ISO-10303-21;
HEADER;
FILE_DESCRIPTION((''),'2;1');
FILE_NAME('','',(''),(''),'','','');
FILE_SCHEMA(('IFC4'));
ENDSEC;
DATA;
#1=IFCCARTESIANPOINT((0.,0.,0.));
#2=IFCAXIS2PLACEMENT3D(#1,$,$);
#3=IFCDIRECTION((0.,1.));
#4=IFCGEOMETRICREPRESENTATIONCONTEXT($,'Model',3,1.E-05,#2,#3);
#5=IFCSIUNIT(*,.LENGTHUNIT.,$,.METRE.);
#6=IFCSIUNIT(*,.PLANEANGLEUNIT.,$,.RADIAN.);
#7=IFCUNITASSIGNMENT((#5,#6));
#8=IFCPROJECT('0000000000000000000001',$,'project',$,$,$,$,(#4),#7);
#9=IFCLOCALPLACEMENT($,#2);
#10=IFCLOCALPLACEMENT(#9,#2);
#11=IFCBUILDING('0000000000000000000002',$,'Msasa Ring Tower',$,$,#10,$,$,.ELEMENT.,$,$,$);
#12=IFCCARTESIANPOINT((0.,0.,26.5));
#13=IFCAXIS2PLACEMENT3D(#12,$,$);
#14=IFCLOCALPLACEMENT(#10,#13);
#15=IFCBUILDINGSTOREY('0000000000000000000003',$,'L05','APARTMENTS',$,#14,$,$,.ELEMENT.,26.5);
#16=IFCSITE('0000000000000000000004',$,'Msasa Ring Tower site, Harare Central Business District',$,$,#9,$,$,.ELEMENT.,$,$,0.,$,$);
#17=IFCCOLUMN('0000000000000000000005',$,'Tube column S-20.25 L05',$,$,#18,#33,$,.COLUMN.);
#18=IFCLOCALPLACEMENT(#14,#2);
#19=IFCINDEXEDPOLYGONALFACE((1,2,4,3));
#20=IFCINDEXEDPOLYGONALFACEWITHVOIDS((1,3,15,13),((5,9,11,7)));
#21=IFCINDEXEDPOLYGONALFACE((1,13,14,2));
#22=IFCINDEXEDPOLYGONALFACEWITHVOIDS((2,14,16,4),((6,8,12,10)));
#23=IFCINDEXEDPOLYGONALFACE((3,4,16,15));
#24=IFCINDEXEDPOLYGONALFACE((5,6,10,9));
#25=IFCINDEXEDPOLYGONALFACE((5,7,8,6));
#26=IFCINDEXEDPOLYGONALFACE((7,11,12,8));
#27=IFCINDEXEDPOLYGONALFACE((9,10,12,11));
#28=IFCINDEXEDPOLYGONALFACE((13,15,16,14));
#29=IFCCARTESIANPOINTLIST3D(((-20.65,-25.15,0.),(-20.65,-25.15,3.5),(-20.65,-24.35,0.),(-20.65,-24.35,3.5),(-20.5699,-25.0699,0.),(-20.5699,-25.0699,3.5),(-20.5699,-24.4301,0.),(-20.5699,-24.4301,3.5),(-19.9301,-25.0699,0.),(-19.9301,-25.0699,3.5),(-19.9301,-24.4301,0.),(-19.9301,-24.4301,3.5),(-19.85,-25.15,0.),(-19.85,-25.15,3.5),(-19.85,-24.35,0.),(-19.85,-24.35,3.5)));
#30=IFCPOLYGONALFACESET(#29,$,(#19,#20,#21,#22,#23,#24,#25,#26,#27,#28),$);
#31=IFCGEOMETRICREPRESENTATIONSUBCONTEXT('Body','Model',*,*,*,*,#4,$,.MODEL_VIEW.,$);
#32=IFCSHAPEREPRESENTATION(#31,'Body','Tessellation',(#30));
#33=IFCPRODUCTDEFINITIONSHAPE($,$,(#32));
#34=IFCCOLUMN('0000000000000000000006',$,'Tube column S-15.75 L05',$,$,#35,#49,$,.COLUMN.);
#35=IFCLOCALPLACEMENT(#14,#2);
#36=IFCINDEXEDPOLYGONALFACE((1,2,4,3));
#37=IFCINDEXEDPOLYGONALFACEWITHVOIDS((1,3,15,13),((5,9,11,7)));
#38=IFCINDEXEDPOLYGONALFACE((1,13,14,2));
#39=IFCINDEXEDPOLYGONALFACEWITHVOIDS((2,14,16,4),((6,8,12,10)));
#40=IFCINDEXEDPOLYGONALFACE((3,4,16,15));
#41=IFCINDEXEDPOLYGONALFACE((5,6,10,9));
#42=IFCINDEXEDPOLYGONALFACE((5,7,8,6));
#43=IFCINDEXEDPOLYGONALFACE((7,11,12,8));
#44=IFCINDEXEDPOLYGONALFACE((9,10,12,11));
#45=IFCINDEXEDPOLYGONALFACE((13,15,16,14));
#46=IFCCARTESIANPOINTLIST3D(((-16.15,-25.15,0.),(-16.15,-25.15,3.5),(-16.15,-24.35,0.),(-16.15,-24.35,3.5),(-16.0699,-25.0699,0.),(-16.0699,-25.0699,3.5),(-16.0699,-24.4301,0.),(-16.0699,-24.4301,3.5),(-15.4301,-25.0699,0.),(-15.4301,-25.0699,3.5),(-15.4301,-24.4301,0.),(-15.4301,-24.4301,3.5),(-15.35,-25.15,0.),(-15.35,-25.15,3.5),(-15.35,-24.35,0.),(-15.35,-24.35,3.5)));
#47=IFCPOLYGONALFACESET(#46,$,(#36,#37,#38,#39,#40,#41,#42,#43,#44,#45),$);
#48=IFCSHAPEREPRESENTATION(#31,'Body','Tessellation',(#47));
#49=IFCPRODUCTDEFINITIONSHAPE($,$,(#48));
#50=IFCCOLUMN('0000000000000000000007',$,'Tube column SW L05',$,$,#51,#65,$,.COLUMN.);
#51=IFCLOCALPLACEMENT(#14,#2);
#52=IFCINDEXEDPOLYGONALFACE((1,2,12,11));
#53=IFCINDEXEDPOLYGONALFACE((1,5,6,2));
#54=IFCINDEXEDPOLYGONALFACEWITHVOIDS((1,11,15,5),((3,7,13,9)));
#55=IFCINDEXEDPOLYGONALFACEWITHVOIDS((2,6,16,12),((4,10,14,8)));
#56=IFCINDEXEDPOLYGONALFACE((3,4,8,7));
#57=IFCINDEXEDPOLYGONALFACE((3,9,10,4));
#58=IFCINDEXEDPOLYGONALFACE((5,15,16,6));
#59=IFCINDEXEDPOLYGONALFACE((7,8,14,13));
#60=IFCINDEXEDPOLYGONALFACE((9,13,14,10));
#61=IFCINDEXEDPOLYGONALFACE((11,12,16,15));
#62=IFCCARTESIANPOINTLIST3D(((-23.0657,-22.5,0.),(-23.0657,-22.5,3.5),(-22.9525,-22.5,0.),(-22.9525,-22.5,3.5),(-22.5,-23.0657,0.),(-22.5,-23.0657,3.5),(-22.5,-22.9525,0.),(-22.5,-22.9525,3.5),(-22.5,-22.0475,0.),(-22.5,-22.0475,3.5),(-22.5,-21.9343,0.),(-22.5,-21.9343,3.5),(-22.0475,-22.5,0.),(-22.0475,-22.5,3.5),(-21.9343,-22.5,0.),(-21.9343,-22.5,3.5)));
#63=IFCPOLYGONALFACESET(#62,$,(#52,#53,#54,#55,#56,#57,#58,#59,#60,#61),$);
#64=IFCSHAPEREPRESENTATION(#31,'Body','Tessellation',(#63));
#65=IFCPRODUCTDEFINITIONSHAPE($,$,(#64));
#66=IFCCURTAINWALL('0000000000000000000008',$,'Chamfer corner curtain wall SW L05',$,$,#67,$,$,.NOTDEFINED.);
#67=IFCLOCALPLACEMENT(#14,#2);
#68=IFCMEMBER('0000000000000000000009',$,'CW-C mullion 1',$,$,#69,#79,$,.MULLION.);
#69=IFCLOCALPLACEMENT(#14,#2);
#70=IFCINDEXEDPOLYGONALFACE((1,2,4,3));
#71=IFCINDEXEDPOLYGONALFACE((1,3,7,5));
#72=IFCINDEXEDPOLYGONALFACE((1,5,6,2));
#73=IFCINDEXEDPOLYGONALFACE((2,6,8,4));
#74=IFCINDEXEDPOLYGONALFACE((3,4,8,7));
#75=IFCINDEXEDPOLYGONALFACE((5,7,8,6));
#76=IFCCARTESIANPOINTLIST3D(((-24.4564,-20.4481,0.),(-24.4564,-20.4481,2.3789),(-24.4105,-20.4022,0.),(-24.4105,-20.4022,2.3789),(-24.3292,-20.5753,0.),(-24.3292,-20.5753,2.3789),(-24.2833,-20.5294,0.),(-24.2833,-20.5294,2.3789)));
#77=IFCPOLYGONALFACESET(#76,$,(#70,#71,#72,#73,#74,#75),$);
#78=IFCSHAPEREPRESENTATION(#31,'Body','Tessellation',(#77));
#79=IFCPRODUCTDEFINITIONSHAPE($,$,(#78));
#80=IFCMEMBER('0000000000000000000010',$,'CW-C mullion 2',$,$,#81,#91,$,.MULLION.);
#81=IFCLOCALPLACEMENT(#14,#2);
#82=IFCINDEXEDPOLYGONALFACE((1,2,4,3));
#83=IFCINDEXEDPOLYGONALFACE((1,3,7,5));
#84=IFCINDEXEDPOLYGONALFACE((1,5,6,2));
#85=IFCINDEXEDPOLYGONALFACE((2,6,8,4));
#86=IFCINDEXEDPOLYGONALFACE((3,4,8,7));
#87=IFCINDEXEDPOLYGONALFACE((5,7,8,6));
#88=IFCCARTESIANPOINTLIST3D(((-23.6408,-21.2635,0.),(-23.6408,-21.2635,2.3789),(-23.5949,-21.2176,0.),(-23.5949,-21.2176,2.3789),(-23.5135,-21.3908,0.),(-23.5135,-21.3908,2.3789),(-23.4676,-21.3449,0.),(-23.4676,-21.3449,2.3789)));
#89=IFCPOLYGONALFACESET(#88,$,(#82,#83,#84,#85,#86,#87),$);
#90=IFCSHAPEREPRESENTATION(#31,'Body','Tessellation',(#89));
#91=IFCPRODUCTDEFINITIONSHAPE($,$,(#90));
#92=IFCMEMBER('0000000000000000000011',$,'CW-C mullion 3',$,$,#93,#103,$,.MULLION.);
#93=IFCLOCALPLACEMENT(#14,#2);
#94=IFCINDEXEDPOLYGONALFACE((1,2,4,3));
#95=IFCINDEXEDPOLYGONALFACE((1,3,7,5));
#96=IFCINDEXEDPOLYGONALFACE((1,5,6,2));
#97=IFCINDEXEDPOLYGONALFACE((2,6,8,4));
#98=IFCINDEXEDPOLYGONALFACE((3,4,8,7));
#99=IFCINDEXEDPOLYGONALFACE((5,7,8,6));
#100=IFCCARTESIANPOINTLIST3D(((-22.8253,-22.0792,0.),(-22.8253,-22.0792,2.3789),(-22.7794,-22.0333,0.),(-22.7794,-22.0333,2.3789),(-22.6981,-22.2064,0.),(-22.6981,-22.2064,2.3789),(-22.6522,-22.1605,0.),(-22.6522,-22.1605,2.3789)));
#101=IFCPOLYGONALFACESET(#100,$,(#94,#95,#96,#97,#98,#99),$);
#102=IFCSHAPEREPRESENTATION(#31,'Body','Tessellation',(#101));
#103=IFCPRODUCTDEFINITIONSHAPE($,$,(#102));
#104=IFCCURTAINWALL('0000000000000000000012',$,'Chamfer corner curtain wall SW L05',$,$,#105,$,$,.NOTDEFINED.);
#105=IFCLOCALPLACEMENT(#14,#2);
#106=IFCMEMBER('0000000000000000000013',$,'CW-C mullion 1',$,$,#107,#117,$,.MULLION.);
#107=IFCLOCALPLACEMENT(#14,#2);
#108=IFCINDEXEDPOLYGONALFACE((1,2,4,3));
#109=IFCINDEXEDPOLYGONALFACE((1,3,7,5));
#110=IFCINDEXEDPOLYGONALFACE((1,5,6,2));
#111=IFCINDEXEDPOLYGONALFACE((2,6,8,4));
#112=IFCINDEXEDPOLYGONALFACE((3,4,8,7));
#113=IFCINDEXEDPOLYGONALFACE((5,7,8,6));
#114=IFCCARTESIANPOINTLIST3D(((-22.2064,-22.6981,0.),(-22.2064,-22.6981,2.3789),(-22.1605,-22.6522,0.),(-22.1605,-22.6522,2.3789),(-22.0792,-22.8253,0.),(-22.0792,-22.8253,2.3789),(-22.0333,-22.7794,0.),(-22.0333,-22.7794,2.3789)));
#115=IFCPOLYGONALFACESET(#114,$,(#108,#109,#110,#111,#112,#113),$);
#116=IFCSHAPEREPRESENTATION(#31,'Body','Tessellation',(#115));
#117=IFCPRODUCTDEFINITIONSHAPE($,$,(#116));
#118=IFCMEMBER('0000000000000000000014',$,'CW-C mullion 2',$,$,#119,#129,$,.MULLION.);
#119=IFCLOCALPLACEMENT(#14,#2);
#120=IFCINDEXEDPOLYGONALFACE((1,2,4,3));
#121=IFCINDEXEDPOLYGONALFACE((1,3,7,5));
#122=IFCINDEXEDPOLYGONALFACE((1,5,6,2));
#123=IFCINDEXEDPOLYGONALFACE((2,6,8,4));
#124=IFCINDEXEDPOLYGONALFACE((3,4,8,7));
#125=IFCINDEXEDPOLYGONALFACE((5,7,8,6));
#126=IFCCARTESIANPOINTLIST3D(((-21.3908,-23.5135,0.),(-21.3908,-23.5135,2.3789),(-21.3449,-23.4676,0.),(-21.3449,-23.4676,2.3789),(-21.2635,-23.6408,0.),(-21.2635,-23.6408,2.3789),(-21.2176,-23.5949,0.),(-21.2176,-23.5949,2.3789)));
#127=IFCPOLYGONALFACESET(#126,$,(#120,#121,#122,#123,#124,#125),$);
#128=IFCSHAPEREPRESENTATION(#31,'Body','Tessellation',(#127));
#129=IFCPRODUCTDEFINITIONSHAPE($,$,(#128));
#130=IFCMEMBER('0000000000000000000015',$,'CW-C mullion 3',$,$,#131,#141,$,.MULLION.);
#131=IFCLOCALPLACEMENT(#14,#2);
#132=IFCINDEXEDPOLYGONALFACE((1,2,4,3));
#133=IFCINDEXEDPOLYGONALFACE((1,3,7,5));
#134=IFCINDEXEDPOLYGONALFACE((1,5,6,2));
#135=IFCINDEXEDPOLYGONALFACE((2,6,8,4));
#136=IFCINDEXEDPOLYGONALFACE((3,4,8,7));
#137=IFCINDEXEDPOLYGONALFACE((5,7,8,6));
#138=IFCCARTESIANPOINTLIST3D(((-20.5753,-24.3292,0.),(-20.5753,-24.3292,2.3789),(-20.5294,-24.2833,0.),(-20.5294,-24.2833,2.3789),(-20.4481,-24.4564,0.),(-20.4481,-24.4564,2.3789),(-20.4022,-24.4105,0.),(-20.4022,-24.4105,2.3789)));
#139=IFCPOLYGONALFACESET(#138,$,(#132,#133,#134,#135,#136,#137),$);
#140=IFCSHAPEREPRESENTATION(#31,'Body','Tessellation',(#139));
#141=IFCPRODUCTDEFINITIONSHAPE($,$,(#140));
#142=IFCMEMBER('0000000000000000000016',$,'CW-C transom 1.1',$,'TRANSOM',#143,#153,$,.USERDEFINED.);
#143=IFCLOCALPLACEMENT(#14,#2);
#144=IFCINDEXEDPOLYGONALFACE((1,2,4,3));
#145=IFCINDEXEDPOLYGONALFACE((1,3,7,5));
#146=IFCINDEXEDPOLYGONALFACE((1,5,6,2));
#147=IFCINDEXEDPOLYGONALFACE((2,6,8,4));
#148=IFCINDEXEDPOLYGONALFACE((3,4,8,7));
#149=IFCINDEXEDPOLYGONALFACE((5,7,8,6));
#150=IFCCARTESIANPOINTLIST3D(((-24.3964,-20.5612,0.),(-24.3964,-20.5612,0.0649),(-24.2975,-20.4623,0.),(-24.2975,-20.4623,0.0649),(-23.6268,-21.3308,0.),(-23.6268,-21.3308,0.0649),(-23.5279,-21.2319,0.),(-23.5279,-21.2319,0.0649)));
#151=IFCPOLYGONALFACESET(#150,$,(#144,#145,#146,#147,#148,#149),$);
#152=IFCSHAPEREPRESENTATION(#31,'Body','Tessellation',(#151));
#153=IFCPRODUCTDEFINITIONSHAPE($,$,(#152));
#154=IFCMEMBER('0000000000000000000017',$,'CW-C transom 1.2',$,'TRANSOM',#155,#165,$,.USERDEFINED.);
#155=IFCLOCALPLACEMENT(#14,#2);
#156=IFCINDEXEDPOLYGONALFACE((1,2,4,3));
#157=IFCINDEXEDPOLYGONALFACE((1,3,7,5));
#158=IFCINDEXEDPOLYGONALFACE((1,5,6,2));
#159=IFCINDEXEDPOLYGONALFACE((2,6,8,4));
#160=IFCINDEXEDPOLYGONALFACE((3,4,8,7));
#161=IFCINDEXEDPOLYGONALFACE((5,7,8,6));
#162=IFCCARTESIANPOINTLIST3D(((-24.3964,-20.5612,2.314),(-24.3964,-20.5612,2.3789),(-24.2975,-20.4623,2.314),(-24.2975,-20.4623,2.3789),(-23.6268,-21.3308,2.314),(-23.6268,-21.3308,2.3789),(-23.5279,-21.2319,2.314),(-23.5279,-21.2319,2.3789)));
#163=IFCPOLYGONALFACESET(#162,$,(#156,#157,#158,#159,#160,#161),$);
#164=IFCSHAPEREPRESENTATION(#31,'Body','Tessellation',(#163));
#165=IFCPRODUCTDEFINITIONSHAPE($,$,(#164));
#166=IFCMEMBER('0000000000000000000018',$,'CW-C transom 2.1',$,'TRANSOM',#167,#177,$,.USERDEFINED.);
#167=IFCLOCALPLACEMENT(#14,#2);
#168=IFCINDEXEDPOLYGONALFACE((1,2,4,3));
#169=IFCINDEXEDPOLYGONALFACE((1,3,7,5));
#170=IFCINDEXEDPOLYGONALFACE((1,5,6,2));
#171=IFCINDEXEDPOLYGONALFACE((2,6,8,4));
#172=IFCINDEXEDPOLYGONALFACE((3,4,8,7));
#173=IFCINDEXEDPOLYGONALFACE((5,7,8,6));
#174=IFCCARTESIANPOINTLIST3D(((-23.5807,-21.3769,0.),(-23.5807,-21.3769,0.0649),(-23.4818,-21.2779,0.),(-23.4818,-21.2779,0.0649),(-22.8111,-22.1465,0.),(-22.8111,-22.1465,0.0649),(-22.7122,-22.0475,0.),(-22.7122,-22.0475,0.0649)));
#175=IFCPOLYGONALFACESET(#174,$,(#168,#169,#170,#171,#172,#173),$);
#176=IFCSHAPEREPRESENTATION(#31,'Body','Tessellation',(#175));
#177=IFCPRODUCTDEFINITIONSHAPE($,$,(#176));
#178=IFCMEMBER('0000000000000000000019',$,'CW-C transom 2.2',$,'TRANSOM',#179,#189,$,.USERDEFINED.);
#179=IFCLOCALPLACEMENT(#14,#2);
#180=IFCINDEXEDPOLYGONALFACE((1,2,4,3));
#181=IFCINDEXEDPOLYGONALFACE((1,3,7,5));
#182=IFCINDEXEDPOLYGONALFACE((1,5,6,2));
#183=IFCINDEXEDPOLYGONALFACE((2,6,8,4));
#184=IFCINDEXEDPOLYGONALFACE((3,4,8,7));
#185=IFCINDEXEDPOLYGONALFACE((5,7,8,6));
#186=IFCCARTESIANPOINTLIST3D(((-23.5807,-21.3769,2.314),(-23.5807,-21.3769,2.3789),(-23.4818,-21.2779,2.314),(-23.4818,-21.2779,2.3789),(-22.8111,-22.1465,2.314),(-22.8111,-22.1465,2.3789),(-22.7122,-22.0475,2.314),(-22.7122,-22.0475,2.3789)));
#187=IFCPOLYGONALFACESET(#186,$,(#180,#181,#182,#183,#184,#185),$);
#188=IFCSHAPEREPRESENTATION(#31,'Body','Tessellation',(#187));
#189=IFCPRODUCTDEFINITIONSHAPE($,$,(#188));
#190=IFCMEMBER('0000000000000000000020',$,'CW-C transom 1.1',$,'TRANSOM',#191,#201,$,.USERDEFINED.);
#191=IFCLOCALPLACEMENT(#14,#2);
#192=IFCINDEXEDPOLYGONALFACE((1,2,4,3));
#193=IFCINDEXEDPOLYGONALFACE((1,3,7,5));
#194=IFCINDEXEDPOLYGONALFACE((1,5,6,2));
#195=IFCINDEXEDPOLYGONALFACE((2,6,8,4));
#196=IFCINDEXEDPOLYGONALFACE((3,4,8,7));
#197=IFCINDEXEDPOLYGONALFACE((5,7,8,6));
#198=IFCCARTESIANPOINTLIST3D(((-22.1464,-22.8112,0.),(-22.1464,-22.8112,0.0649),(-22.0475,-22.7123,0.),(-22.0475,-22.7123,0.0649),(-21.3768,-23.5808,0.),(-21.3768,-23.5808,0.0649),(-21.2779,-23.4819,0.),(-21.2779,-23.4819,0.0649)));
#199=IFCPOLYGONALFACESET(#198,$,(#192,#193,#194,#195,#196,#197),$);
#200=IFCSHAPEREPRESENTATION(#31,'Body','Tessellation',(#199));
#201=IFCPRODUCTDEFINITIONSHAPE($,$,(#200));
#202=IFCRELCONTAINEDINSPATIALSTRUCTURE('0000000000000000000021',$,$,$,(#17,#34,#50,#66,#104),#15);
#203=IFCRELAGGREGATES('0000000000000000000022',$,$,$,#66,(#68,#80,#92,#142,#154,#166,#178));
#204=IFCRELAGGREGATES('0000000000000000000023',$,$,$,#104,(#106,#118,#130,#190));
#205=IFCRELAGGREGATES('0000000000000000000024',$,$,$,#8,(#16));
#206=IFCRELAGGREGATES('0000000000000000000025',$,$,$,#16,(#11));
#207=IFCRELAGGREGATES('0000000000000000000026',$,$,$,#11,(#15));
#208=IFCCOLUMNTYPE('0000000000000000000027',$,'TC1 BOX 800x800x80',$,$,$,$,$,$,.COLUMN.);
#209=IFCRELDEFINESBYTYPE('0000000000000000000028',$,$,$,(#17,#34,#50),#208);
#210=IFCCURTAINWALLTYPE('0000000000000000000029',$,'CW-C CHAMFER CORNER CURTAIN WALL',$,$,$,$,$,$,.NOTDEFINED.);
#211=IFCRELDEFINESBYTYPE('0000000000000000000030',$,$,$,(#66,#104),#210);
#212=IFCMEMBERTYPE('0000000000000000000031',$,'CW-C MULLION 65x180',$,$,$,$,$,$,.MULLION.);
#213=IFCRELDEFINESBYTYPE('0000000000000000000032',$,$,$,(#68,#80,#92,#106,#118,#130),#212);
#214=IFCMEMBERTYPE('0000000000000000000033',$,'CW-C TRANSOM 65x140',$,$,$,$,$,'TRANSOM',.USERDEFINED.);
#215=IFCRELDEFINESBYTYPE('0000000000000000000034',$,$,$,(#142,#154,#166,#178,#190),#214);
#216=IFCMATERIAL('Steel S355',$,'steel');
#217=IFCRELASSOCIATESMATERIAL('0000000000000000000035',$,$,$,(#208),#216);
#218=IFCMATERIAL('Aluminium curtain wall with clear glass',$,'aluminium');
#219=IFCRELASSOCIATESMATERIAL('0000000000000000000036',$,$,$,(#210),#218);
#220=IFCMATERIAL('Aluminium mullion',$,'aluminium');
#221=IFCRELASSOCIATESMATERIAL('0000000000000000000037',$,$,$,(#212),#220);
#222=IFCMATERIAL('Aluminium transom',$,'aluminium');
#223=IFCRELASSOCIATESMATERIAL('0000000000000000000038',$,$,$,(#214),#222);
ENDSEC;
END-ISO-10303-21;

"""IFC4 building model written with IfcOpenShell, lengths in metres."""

from ifc_helpers import new_model, si_unit, direction, frame, origin, origin_2d, place, context, subcontext, project, spatial, rectangle, hollow_rectangle, extrude, material, material_profile, profile_set, type_object, element, aggregate, save


model = new_model("IFC4")

# Units and contexts
model_context = context("Model", 3, precision=1e-05, world=origin(), true_north=direction((0.0, 1.0)))
body_context = subcontext(model_context, "Body", "Model", "MODEL_VIEW")
ifc_project = project(units=[si_unit("LENGTHUNIT", "METRE"), si_unit("PLANEANGLEUNIT", "RADIAN")], contexts=[model_context])

# Site, building, storey
site_placement = place(None, origin())
site = spatial("IfcSite", under=ifc_project, at=site_placement, Name="Msasa Ring Tower site, Harare Central Business District", CompositionType="ELEMENT", RefElevation=0.0)
building_placement = place(site_placement, origin())
building = spatial("IfcBuilding", under=site, at=building_placement, Name="Msasa Ring Tower", CompositionType="ELEMENT")
storey_placement = place(building_placement, frame((0.0, 0.0, 26.5)))
storey = spatial("IfcBuildingStorey", under=building, at=storey_placement, Name="L05", Description="APARTMENTS", CompositionType="ELEMENT", Elevation=26.5)

# Columns
ifc_material_1 = material(Name="Steel S355", Category="steel")
ifc_material_profile_1 = material_profile(ifc_material_1, hollow_rectangle(XDim=0.8, YDim=0.8, WallThickness=0.0801, at=origin_2d()), Name="BOX 800x800x80")
ifc_profile_set_1 = profile_set([ifc_material_profile_1], Name="Steel S355")
column_type = type_object("IfcColumnType", Name="TC1 BOX 800x800x80", PredefinedType="COLUMN", material=ifc_profile_set_1)
for number, where, z_axis, x_axis, name in (
    (1, (-20.25, -24.75, 0.0), (0.0, 0.0, 1.0), (0.0, 1.0, 0.0), "Tube column S-20.25 L05"),
    (2, (-15.75, -24.75, 0.0), (0.0, 0.0, 1.0), (0.0, 1.0, 0.0), "Tube column S-15.75 L05"),
    (3, (-22.5, -22.5, 0.0), (0.0, 0.0, 1.0), (0.707107, 0.707107, 0.0), "Tube column SW L05"),
):
    element("IfcColumn", number, at=place(storey_placement, frame(where, z_axis=z_axis, x_axis=x_axis)), inside=storey, type_object=column_type, Name=name, PredefinedType="COLUMN", context=body_context, shape_type="SweptSolid", body=[
        extrude(hollow_rectangle(XDim=0.8, YDim=0.8, WallThickness=0.0801, at=origin_2d()), origin(), (0.0, 0.0, 1.0), 3.5),
    ])

# Curtain walls, members
ifc_material_2 = material(Name="Aluminium curtain wall with clear glass", Category="aluminium")
curtain_wall_type = type_object("IfcCurtainWallType", Name="CW-C CHAMFER CORNER CURTAIN WALL", PredefinedType="NOTDEFINED", material=ifc_material_2)
curtain_wall_1_placement = place(storey_placement, origin())
curtain_wall_1 = element("IfcCurtainWall", 4, at=curtain_wall_1_placement, inside=storey, type_object=curtain_wall_type, Name="Chamfer corner curtain wall SW L05", PredefinedType="NOTDEFINED")
ifc_material_3 = material(Name="Aluminium mullion", Category="aluminium")
ifc_material_profile_2 = material_profile(ifc_material_3, rectangle(XDim=0.0649, YDim=0.1799, at=origin_2d()), Name="AL 65x180")
ifc_profile_set_2 = profile_set([ifc_material_profile_2], Name="Aluminium mullion")
member_type_1 = type_object("IfcMemberType", Name="CW-C MULLION 65x180", PredefinedType="MULLION", material=ifc_profile_set_2)
member_1_placement = place(storey_placement, frame((-24.3699, -20.4888, 0.0), z_axis=(0.0, 0.0, 1.0), x_axis=(0.707107, 0.707107, 0.0)))
member_1 = element("IfcMember", 5, at=member_1_placement, type_object=member_type_1, Name="CW-C mullion 1", PredefinedType="MULLION", context=body_context, shape_type="SweptSolid", body=[
    extrude(rectangle(XDim=0.0649, YDim=0.1799, at=origin_2d()), origin(), (0.0, 0.0, 1.0), 2.3789),
])
member_2_placement = place(storey_placement, frame((-23.5542, -21.3042, 0.0), z_axis=(0.0, 0.0, 1.0), x_axis=(0.707107, 0.707107, 0.0)))
member_2 = element("IfcMember", 6, at=member_2_placement, type_object=member_type_1, Name="CW-C mullion 2", PredefinedType="MULLION", context=body_context, shape_type="SweptSolid", body=[
    extrude(rectangle(XDim=0.0649, YDim=0.1799, at=origin_2d()), origin(), (0.0, 0.0, 1.0), 2.3789),
])
member_3_placement = place(storey_placement, frame((-22.7388, -22.1199, 0.0), z_axis=(0.0, 0.0, 1.0), x_axis=(0.707107, 0.707107, 0.0)))
member_3 = element("IfcMember", 7, at=member_3_placement, type_object=member_type_1, Name="CW-C mullion 3", PredefinedType="MULLION", context=body_context, shape_type="SweptSolid", body=[
    extrude(rectangle(XDim=0.0649, YDim=0.1799, at=origin_2d()), origin(), (0.0, 0.0, 1.0), 2.3789),
])
curtain_wall_2_placement = place(storey_placement, origin())
curtain_wall_2 = element("IfcCurtainWall", 8, at=curtain_wall_2_placement, inside=storey, type_object=curtain_wall_type, Name="Chamfer corner curtain wall SW L05", PredefinedType="NOTDEFINED")
member_4_placement = place(storey_placement, frame((-22.1199, -22.7388, 0.0), z_axis=(0.0, 0.0, 1.0), x_axis=(0.707107, 0.707107, 0.0)))
member_4 = element("IfcMember", 9, at=member_4_placement, type_object=member_type_1, Name="CW-C mullion 1", PredefinedType="MULLION", context=body_context, shape_type="SweptSolid", body=[
    extrude(rectangle(XDim=0.0649, YDim=0.1799, at=origin_2d()), origin(), (0.0, 0.0, 1.0), 2.3789),
])
member_5_placement = place(storey_placement, frame((-21.3042, -23.5542, 0.0), z_axis=(0.0, 0.0, 1.0), x_axis=(0.707107, 0.707107, 0.0)))
member_5 = element("IfcMember", 10, at=member_5_placement, type_object=member_type_1, Name="CW-C mullion 2", PredefinedType="MULLION", context=body_context, shape_type="SweptSolid", body=[
    extrude(rectangle(XDim=0.0649, YDim=0.1799, at=origin_2d()), origin(), (0.0, 0.0, 1.0), 2.3789),
])
member_6_placement = place(storey_placement, frame((-20.4888, -24.3699, 0.0), z_axis=(0.0, 0.0, 1.0), x_axis=(0.707107, 0.707107, 0.0)))
member_6 = element("IfcMember", 11, at=member_6_placement, type_object=member_type_1, Name="CW-C mullion 3", PredefinedType="MULLION", context=body_context, shape_type="SweptSolid", body=[
    extrude(rectangle(XDim=0.0649, YDim=0.1799, at=origin_2d()), origin(), (0.0, 0.0, 1.0), 2.3789),
])

# Members
ifc_material_4 = material(Name="Aluminium transom", Category="aluminium")
ifc_material_profile_3 = material_profile(ifc_material_4, rectangle(XDim=0.1399, YDim=0.0649, at=origin_2d()), Name="AL 65x140")
ifc_profile_set_3 = profile_set([ifc_material_profile_3], Name="Aluminium transom")
member_type_2 = type_object("IfcMemberType", Name="CW-C TRANSOM 65x140", ElementType="TRANSOM", PredefinedType="USERDEFINED", material=ifc_profile_set_3)
member_7_placement = place(storey_placement, frame((-24.3469, -20.5117, 0.0325), z_axis=(0.707107, -0.707107, 0.0), x_axis=(0.707107, 0.707107, 0.0)))
member_7 = element("IfcMember", 12, at=member_7_placement, type_object=member_type_2, Name="CW-C transom 1.1", ObjectType="TRANSOM", PredefinedType="USERDEFINED", context=body_context, shape_type="SweptSolid", body=[
    extrude(rectangle(XDim=0.1399, YDim=0.0649, at=origin_2d()), origin(), (0.0, 0.0, 1.0), 1.0884),
])
member_8_placement = place(storey_placement, frame((-24.3469, -20.5117, 2.3464), z_axis=(0.707107, -0.707107, 0.0), x_axis=(0.707107, 0.707107, 0.0)))
member_8 = element("IfcMember", 13, at=member_8_placement, type_object=member_type_2, Name="CW-C transom 1.2", ObjectType="TRANSOM", PredefinedType="USERDEFINED", context=body_context, shape_type="SweptSolid", body=[
    extrude(rectangle(XDim=0.1399, YDim=0.0649, at=origin_2d()), origin(), (0.0, 0.0, 1.0), 1.0884),
])
member_9_placement = place(storey_placement, frame((-23.5312, -21.3274, 0.0325), z_axis=(0.707107, -0.707107, 0.0), x_axis=(0.707107, 0.707107, 0.0)))
member_9 = element("IfcMember", 14, at=member_9_placement, type_object=member_type_2, Name="CW-C transom 2.1", ObjectType="TRANSOM", PredefinedType="USERDEFINED", context=body_context, shape_type="SweptSolid", body=[
    extrude(rectangle(XDim=0.1399, YDim=0.0649, at=origin_2d()), origin(), (0.0, 0.0, 1.0), 1.0884),
])
member_10_placement = place(storey_placement, frame((-23.5312, -21.3274, 2.3464), z_axis=(0.707107, -0.707107, 0.0), x_axis=(0.707107, 0.707107, 0.0)))
member_10 = element("IfcMember", 15, at=member_10_placement, type_object=member_type_2, Name="CW-C transom 2.2", ObjectType="TRANSOM", PredefinedType="USERDEFINED", context=body_context, shape_type="SweptSolid", body=[
    extrude(rectangle(XDim=0.1399, YDim=0.0649, at=origin_2d()), origin(), (0.0, 0.0, 1.0), 1.0884),
])
member_11_placement = place(storey_placement, frame((-22.0969, -22.7617, 0.0325), z_axis=(0.707107, -0.707107, 0.0), x_axis=(0.707107, 0.707107, 0.0)))
member_11 = element("IfcMember", 16, at=member_11_placement, type_object=member_type_2, Name="CW-C transom 1.1", ObjectType="TRANSOM", PredefinedType="USERDEFINED", context=body_context, shape_type="SweptSolid", body=[
    extrude(rectangle(XDim=0.1399, YDim=0.0649, at=origin_2d()), origin(), (0.0, 0.0, 1.0), 1.0884),
])

aggregate(curtain_wall_1, [member_1, member_2, member_3, member_7, member_8, member_9, member_10])
aggregate(curtain_wall_2, [member_4, member_5, member_6, member_11])

save(model, "model.ifc")
